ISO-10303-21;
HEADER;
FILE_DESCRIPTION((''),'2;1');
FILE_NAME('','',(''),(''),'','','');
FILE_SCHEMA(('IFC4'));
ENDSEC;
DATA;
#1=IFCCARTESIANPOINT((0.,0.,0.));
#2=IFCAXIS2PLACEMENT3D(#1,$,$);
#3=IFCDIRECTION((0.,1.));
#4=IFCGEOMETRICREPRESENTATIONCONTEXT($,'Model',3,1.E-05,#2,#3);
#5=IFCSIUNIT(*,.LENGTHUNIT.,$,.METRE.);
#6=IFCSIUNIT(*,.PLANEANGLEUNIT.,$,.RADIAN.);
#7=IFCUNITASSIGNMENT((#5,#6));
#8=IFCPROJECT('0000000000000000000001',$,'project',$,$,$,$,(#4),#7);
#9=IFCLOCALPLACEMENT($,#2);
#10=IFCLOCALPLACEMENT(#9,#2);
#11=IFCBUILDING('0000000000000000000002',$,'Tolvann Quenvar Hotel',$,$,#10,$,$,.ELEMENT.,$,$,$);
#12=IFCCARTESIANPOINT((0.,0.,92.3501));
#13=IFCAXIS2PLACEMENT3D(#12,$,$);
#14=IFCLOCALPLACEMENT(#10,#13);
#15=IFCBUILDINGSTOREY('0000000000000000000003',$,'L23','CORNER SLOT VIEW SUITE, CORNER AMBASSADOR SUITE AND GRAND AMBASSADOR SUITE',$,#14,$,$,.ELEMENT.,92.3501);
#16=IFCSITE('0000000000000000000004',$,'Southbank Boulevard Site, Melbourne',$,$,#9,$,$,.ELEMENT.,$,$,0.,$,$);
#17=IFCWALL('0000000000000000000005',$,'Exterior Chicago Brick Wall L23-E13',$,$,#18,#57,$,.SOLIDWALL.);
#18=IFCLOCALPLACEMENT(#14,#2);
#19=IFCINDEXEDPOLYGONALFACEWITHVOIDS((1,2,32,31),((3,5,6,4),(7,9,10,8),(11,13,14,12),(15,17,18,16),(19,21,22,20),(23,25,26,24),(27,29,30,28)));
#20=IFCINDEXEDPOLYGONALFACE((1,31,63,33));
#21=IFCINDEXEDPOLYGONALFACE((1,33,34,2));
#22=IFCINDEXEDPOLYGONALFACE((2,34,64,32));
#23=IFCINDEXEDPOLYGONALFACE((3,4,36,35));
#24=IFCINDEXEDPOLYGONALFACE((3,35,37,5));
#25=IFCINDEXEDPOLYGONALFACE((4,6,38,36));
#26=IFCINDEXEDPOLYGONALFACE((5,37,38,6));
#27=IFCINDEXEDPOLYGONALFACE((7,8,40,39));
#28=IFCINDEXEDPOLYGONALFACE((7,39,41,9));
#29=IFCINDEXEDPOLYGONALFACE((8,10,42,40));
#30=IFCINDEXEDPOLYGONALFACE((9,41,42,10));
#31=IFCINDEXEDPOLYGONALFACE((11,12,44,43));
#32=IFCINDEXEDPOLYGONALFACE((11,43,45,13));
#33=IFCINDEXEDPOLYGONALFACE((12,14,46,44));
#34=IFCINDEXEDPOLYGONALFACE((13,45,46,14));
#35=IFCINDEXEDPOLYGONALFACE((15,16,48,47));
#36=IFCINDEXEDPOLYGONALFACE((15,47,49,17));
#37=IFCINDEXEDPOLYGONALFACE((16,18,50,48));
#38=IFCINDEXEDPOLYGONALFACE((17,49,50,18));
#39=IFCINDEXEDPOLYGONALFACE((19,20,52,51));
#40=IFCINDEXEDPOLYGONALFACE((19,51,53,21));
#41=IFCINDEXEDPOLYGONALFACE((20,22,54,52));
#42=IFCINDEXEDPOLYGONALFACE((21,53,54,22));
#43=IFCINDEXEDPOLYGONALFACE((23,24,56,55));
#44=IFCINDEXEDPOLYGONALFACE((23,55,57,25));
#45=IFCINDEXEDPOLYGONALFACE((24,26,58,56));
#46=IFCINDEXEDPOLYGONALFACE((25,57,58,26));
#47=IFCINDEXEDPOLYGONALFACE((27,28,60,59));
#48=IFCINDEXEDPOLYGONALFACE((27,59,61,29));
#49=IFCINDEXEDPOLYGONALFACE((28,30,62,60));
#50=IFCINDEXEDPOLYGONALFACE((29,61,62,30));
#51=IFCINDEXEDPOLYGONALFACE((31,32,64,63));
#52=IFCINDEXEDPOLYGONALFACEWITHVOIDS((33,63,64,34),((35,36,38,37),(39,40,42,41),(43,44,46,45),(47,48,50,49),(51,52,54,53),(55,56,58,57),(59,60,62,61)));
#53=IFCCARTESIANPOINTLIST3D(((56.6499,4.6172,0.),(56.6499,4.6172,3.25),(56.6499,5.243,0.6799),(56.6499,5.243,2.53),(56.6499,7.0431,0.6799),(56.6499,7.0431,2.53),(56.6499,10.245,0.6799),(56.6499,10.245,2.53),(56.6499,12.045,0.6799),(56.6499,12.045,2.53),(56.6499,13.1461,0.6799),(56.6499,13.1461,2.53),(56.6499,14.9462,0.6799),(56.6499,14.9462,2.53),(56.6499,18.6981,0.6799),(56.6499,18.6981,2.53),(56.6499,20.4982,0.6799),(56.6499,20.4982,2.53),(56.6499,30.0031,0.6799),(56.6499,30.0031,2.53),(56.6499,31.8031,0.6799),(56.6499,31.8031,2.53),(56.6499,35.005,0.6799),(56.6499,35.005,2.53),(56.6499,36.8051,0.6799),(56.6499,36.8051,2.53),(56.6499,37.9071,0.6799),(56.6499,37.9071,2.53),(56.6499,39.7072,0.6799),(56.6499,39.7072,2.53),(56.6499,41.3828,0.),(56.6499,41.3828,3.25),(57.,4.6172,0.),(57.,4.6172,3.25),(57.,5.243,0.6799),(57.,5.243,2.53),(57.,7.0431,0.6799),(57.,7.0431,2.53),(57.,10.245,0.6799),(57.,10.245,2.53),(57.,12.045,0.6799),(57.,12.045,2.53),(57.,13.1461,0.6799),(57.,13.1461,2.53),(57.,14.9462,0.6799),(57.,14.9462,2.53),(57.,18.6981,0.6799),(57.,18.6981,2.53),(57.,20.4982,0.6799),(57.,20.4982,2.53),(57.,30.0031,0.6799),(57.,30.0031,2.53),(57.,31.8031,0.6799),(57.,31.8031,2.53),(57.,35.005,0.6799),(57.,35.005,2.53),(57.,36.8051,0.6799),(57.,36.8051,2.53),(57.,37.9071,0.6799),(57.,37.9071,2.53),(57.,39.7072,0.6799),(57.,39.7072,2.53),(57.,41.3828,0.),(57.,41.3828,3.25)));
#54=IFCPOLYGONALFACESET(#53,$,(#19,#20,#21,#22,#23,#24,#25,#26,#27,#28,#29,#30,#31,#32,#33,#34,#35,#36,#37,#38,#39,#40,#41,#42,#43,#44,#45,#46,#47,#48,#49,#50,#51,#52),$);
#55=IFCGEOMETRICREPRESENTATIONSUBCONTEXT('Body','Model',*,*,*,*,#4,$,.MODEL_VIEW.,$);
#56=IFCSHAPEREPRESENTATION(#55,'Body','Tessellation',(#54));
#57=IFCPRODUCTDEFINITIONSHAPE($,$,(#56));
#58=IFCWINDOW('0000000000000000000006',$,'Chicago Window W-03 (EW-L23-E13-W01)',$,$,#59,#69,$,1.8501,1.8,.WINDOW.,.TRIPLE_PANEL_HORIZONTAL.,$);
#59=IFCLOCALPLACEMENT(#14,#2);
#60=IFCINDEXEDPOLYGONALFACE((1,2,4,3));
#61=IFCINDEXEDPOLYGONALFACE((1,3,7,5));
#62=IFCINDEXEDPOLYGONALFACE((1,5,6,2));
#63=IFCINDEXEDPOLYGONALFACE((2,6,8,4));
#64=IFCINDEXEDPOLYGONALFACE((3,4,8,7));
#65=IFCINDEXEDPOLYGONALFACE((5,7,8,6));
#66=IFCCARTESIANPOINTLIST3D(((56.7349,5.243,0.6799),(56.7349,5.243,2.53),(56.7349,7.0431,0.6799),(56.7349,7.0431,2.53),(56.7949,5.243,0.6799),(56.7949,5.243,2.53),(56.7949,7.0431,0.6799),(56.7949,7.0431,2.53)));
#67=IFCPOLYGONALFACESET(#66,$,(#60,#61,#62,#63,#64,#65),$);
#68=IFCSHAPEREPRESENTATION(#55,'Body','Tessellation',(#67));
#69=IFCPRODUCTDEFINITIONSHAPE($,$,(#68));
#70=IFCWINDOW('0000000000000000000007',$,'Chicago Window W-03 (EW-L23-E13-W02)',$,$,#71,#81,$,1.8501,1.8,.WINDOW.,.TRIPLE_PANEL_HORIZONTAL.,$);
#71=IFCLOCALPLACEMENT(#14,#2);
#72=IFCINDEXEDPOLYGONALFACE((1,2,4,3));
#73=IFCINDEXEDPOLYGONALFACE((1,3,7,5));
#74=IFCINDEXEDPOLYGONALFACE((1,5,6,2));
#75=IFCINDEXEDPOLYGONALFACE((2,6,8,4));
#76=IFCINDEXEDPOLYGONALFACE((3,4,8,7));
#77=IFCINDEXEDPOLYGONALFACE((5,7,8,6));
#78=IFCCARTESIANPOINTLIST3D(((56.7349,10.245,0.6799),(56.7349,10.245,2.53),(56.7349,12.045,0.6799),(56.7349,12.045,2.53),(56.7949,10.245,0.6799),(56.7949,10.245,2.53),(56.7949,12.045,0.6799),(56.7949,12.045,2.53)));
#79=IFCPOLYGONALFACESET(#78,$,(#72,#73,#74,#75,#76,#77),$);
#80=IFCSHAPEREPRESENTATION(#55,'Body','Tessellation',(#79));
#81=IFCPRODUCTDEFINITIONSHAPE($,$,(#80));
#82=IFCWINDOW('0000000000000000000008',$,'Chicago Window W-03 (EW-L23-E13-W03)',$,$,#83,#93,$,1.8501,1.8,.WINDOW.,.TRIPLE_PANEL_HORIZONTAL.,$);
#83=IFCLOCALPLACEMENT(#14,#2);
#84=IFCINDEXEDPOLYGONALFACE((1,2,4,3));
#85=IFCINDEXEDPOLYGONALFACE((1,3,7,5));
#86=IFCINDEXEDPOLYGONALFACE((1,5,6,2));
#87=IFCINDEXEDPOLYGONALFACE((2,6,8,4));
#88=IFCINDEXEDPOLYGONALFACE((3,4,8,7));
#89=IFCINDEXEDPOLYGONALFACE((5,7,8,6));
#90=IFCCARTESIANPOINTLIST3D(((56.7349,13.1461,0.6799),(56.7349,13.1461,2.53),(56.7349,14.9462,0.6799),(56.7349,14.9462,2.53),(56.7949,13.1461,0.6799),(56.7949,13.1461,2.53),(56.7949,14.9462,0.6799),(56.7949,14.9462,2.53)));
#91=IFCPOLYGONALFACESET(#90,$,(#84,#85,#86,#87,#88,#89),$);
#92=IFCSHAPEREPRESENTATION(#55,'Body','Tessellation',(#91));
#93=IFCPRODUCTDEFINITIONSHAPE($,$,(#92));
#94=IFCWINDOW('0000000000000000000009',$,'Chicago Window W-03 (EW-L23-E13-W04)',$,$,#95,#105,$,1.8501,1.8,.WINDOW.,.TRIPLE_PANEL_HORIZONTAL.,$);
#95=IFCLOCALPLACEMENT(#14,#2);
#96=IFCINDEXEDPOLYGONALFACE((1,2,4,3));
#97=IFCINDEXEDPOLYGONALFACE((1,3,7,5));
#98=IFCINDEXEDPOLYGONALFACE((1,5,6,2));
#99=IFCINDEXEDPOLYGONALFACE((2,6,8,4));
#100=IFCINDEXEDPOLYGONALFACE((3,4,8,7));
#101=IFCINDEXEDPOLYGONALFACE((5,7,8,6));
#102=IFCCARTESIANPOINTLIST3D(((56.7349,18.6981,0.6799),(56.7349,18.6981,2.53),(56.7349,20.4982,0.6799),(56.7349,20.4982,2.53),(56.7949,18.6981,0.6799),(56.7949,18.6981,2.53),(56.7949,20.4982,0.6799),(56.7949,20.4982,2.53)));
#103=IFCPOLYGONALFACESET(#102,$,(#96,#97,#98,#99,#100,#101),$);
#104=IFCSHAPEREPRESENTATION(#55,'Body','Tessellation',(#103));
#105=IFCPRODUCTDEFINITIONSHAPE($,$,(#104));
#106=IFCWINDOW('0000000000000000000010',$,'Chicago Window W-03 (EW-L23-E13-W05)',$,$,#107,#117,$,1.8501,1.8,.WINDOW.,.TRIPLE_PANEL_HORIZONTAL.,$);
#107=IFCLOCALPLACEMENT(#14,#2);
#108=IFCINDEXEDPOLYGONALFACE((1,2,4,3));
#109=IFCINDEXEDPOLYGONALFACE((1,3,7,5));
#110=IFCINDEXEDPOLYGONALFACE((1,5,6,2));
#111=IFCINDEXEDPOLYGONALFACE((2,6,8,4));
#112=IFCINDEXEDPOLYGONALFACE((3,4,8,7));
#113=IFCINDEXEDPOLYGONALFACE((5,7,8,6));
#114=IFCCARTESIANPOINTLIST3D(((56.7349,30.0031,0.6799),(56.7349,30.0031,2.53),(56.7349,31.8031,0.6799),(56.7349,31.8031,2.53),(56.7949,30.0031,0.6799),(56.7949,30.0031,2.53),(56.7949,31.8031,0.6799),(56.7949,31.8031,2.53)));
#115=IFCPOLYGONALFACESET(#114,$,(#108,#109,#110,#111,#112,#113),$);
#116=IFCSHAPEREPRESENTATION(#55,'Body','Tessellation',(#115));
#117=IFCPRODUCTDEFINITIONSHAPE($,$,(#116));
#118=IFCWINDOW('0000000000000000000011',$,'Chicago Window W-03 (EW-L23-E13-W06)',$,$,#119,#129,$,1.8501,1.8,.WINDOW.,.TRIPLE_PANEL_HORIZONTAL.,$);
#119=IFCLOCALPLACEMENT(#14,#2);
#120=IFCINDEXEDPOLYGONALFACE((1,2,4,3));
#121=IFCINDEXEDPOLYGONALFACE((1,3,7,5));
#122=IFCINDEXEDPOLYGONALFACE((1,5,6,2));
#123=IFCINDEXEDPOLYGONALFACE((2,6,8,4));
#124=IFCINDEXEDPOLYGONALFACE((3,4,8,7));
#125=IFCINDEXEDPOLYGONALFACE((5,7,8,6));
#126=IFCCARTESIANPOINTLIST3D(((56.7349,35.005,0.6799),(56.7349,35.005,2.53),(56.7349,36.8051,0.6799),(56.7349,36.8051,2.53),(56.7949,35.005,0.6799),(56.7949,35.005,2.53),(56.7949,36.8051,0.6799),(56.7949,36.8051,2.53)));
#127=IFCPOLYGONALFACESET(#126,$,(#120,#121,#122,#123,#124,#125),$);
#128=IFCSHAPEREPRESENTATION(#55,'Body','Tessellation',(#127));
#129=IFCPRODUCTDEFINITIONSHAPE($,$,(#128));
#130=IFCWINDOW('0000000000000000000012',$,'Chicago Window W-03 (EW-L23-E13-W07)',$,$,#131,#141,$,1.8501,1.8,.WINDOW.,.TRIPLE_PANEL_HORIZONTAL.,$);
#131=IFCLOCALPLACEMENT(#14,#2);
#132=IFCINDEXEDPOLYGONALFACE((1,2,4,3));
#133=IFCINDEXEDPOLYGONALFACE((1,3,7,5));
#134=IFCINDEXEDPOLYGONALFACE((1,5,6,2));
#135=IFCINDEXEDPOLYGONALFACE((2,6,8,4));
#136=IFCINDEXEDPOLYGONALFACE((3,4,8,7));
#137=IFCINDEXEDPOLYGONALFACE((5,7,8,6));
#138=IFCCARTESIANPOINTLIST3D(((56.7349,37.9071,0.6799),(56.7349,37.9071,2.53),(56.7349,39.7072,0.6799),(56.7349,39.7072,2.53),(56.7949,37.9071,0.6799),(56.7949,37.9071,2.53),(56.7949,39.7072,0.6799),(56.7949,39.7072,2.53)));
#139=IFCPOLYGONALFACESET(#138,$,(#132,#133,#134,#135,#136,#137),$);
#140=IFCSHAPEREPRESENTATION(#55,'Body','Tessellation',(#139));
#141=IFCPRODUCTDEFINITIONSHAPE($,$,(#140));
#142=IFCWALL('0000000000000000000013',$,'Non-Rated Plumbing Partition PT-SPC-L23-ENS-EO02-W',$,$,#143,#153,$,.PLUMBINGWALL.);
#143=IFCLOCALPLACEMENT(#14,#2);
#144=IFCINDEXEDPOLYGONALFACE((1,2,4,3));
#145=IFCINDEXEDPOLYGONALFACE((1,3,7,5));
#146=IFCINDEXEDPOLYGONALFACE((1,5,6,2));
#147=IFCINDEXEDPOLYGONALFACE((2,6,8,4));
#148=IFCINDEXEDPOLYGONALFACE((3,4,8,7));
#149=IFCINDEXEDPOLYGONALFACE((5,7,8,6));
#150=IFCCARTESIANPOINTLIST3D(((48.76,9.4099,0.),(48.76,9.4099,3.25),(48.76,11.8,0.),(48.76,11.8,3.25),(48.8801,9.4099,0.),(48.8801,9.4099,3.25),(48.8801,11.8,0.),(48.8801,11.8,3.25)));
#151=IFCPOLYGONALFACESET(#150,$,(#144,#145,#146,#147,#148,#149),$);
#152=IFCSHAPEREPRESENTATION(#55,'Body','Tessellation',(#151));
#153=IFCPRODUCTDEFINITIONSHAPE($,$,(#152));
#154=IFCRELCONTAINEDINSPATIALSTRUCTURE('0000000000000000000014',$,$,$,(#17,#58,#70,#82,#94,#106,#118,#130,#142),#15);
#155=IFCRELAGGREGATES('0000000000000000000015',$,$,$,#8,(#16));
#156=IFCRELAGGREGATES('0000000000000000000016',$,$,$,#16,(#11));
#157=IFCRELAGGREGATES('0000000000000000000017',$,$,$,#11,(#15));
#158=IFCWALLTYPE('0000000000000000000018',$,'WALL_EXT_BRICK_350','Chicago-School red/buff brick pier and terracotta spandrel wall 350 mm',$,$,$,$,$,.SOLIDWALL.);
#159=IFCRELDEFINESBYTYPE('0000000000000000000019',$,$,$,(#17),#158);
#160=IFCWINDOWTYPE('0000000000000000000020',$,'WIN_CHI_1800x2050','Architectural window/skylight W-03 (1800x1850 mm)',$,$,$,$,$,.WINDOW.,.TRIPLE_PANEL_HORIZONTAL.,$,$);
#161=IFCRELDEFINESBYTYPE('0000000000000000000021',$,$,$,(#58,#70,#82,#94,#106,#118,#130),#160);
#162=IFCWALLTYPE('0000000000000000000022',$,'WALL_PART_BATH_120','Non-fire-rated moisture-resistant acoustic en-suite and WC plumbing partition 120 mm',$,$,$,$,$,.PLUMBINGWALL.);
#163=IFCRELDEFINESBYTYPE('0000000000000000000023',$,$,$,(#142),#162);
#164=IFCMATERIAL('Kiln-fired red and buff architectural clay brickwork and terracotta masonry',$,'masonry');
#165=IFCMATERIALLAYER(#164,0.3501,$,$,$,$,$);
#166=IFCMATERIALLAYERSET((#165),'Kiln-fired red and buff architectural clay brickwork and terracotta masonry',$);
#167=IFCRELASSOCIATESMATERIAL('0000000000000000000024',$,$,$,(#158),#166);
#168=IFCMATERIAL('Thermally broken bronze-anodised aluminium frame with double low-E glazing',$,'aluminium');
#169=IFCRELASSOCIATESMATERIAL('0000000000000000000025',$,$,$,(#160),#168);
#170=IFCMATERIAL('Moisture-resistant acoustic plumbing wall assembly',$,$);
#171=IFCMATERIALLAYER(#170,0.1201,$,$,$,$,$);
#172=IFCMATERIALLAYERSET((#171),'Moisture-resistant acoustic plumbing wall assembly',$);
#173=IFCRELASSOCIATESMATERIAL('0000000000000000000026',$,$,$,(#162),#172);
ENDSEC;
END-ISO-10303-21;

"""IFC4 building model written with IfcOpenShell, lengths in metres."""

from ifc_helpers import new_model, si_unit, direction, frame, frame_2d, origin, place, context, subcontext, project, spatial, rectangle, extrude, source, transform, mapped, material, layer, layer_set, type_object, type_shapes, element, fill, save


model = new_model("IFC4")

# Units and contexts
model_context = context("Model", 3, precision=1e-05, world=origin(), true_north=direction((0.0, 1.0)))
body_context = subcontext(model_context, "Body", "Model", "MODEL_VIEW")
ifc_project = project(units=[si_unit("LENGTHUNIT", "METRE"), si_unit("PLANEANGLEUNIT", "RADIAN")], contexts=[model_context])

# Site, building, storey
site_placement = place(None, origin())
site = spatial("IfcSite", under=ifc_project, at=site_placement, Name="Southbank Boulevard Site, Melbourne", CompositionType="ELEMENT", RefElevation=0.0)
building_placement = place(site_placement, origin())
building = spatial("IfcBuilding", under=site, at=building_placement, Name="Tolvann Quenvar Hotel", CompositionType="ELEMENT")
storey_placement = place(building_placement, frame((0.0, 0.0, 92.3501)))
storey = spatial("IfcBuildingStorey", under=building, at=storey_placement, Name="L23", Description="CORNER SLOT VIEW SUITE, CORNER AMBASSADOR SUITE AND GRAND AMBASSADOR SUITE", CompositionType="ELEMENT", Elevation=92.3501)

# Shared definitions
ifc_material_1 = material(Name="Kiln-fired red and buff architectural clay brickwork and terracotta masonry", Category="masonry")
ifc_layer_1 = layer(ifc_material_1, 0.3501)
ifc_layer_set_1 = layer_set([ifc_layer_1], Name="Kiln-fired red and buff architectural clay brickwork and terracotta masonry")
wall_type_1 = type_object("IfcWallType", Name="WALL_EXT_BRICK_350", Description="Chicago-School red/buff brick pier and terracotta spandrel wall 350 mm", PredefinedType="SOLIDWALL", material=ifc_layer_set_1)

# Wall, openings, windows
wall_1_placement = place(storey_placement, frame((56.825, 4.6172, 0.0), z_axis=(0.0, 0.0, 1.0), x_axis=(0.0, 1.0, 0.0)))
wall_1 = element("IfcWall", 1, at=wall_1_placement, inside=storey, type_object=wall_type_1, Name="Exterior Chicago Brick Wall L23-E13", PredefinedType="SOLIDWALL", context=body_context, shape_type="SweptSolid", body=[
    extrude(rectangle(XDim=36.7656, YDim=0.3501, at=frame_2d((18.3828, 0.0))), origin(), (0.0, 0.0, 1.0), 3.25),
])
opening_1_placement = place(wall_1_placement, frame((0.626, 0.0, 0.6799)))
opening_1 = element("IfcOpeningElement", 2, at=opening_1_placement, cuts=wall_1, PredefinedType="OPENING", context=body_context, shape_type="SweptSolid", body=[
    extrude(rectangle(XDim=1.8, YDim=1.8501, at=frame_2d((0.8999, 0.925))), frame((0.0, 0.1851, 0.0), z_axis=(0.0, -1.0, 0.0), x_axis=(1.0, 0.0, 0.0)), (0.0, 0.0, 1.0), 0.3701),
])
opening_2_placement = place(wall_1_placement, frame((5.6279, 0.0, 0.6799)))
opening_2 = element("IfcOpeningElement", 3, at=opening_2_placement, cuts=wall_1, PredefinedType="OPENING", context=body_context, shape_type="SweptSolid", body=[
    extrude(rectangle(XDim=1.8, YDim=1.8501, at=frame_2d((0.8999, 0.925))), frame((0.0, 0.1851, 0.0), z_axis=(0.0, -1.0, 0.0), x_axis=(1.0, 0.0, 0.0)), (0.0, 0.0, 1.0), 0.3701),
])
opening_3_placement = place(wall_1_placement, frame((8.5291, 0.0, 0.6799)))
opening_3 = element("IfcOpeningElement", 4, at=opening_3_placement, cuts=wall_1, PredefinedType="OPENING", context=body_context, shape_type="SweptSolid", body=[
    extrude(rectangle(XDim=1.8, YDim=1.8501, at=frame_2d((0.8999, 0.925))), frame((0.0, 0.1851, 0.0), z_axis=(0.0, -1.0, 0.0), x_axis=(1.0, 0.0, 0.0)), (0.0, 0.0, 1.0), 0.3701),
])
opening_4_placement = place(wall_1_placement, frame((14.0811, 0.0, 0.6799)))
opening_4 = element("IfcOpeningElement", 5, at=opening_4_placement, cuts=wall_1, PredefinedType="OPENING", context=body_context, shape_type="SweptSolid", body=[
    extrude(rectangle(XDim=1.8, YDim=1.8501, at=frame_2d((0.8999, 0.925))), frame((0.0, 0.1851, 0.0), z_axis=(0.0, -1.0, 0.0), x_axis=(1.0, 0.0, 0.0)), (0.0, 0.0, 1.0), 0.3701),
])
opening_5_placement = place(wall_1_placement, frame((25.386, 0.0, 0.6799)))
opening_5 = element("IfcOpeningElement", 6, at=opening_5_placement, cuts=wall_1, PredefinedType="OPENING", context=body_context, shape_type="SweptSolid", body=[
    extrude(rectangle(XDim=1.8, YDim=1.8501, at=frame_2d((0.8999, 0.925))), frame((0.0, 0.1851, 0.0), z_axis=(0.0, -1.0, 0.0), x_axis=(1.0, 0.0, 0.0)), (0.0, 0.0, 1.0), 0.3701),
])
opening_6_placement = place(wall_1_placement, frame((30.3879, 0.0, 0.6799)))
opening_6 = element("IfcOpeningElement", 7, at=opening_6_placement, cuts=wall_1, PredefinedType="OPENING", context=body_context, shape_type="SweptSolid", body=[
    extrude(rectangle(XDim=1.8, YDim=1.8501, at=frame_2d((0.8999, 0.925))), frame((0.0, 0.1851, 0.0), z_axis=(0.0, -1.0, 0.0), x_axis=(1.0, 0.0, 0.0)), (0.0, 0.0, 1.0), 0.3701),
])
opening_7_placement = place(wall_1_placement, frame((33.29, 0.0, 0.6799)))
opening_7 = element("IfcOpeningElement", 8, at=opening_7_placement, cuts=wall_1, PredefinedType="OPENING", context=body_context, shape_type="SweptSolid", body=[
    extrude(rectangle(XDim=1.8, YDim=1.8501, at=frame_2d((0.8999, 0.925))), frame((0.0, 0.1851, 0.0), z_axis=(0.0, -1.0, 0.0), x_axis=(1.0, 0.0, 0.0)), (0.0, 0.0, 1.0), 0.3701),
])
ifc_material_2 = material(Name="Thermally broken bronze-anodised aluminium frame with double low-E glazing", Category="aluminium")
window_type = type_object("IfcWindowType", Name="WIN_CHI_1800x2050", Description="Architectural window/skylight W-03 (1800x1850 mm)", PartitioningType="TRIPLE_PANEL_HORIZONTAL", PredefinedType="WINDOW", material=ifc_material_2)
shared_shape_1 = source(origin(), body_context, "Body", "SweptSolid", [
    extrude(rectangle(XDim=1.8, YDim=1.8501, at=frame_2d((0.8999, 0.925))), frame((0.0, 0.0901, 0.0), z_axis=(0.0, -1.0, 0.0), x_axis=(1.0, 0.0, 0.0)), (0.0, 0.0, 1.0), 0.0601),
])
type_shapes(window_type, [shared_shape_1])
window_1_placement = place(opening_1_placement, origin())
window_1 = element("IfcWindow", 9, at=window_1_placement, inside=storey, type_object=window_type, Name="Chicago Window W-03 (EW-L23-E13-W01)", OverallHeight=1.8501, OverallWidth=1.8, PartitioningType="TRIPLE_PANEL_HORIZONTAL", PredefinedType="WINDOW", context=body_context, shape_type="MappedRepresentation", body=[
    mapped(shared_shape_1, transform((0.0, 0.0, 0.0), x_axis=(1.0, 0.0, 0.0), y_axis=(0.0, 1.0, 0.0), z_axis=(0.0, 0.0, 1.0), scale=1.0)),
])
fill(opening_1, window_1)
window_2_placement = place(opening_2_placement, origin())
window_2 = element("IfcWindow", 10, at=window_2_placement, inside=storey, type_object=window_type, Name="Chicago Window W-03 (EW-L23-E13-W02)", OverallHeight=1.8501, OverallWidth=1.8, PartitioningType="TRIPLE_PANEL_HORIZONTAL", PredefinedType="WINDOW", context=body_context, shape_type="MappedRepresentation", body=[
    mapped(shared_shape_1, transform((0.0, 0.0, 0.0), x_axis=(1.0, 0.0, 0.0), y_axis=(0.0, 1.0, 0.0), z_axis=(0.0, 0.0, 1.0), scale=1.0)),
])
fill(opening_2, window_2)
window_3_placement = place(opening_3_placement, origin())
window_3 = element("IfcWindow", 11, at=window_3_placement, inside=storey, type_object=window_type, Name="Chicago Window W-03 (EW-L23-E13-W03)", OverallHeight=1.8501, OverallWidth=1.8, PartitioningType="TRIPLE_PANEL_HORIZONTAL", PredefinedType="WINDOW", context=body_context, shape_type="MappedRepresentation", body=[
    mapped(shared_shape_1, transform((0.0, 0.0, 0.0), x_axis=(1.0, 0.0, 0.0), y_axis=(0.0, 1.0, 0.0), z_axis=(0.0, 0.0, 1.0), scale=1.0)),
])
fill(opening_3, window_3)
window_4_placement = place(opening_4_placement, origin())
window_4 = element("IfcWindow", 12, at=window_4_placement, inside=storey, type_object=window_type, Name="Chicago Window W-03 (EW-L23-E13-W04)", OverallHeight=1.8501, OverallWidth=1.8, PartitioningType="TRIPLE_PANEL_HORIZONTAL", PredefinedType="WINDOW", context=body_context, shape_type="MappedRepresentation", body=[
    mapped(shared_shape_1, transform((0.0, 0.0, 0.0), x_axis=(1.0, 0.0, 0.0), y_axis=(0.0, 1.0, 0.0), z_axis=(0.0, 0.0, 1.0), scale=1.0)),
])
fill(opening_4, window_4)
window_5_placement = place(opening_5_placement, origin())
window_5 = element("IfcWindow", 13, at=window_5_placement, inside=storey, type_object=window_type, Name="Chicago Window W-03 (EW-L23-E13-W05)", OverallHeight=1.8501, OverallWidth=1.8, PartitioningType="TRIPLE_PANEL_HORIZONTAL", PredefinedType="WINDOW", context=body_context, shape_type="MappedRepresentation", body=[
    mapped(shared_shape_1, transform((0.0, 0.0, 0.0), x_axis=(1.0, 0.0, 0.0), y_axis=(0.0, 1.0, 0.0), z_axis=(0.0, 0.0, 1.0), scale=1.0)),
])
fill(opening_5, window_5)
window_6_placement = place(opening_6_placement, origin())
window_6 = element("IfcWindow", 14, at=window_6_placement, inside=storey, type_object=window_type, Name="Chicago Window W-03 (EW-L23-E13-W06)", OverallHeight=1.8501, OverallWidth=1.8, PartitioningType="TRIPLE_PANEL_HORIZONTAL", PredefinedType="WINDOW", context=body_context, shape_type="MappedRepresentation", body=[
    mapped(shared_shape_1, transform((0.0, 0.0, 0.0), x_axis=(1.0, 0.0, 0.0), y_axis=(0.0, 1.0, 0.0), z_axis=(0.0, 0.0, 1.0), scale=1.0)),
])
fill(opening_6, window_6)
window_7_placement = place(opening_7_placement, origin())
window_7 = element("IfcWindow", 15, at=window_7_placement, inside=storey, type_object=window_type, Name="Chicago Window W-03 (EW-L23-E13-W07)", OverallHeight=1.8501, OverallWidth=1.8, PartitioningType="TRIPLE_PANEL_HORIZONTAL", PredefinedType="WINDOW", context=body_context, shape_type="MappedRepresentation", body=[
    mapped(shared_shape_1, transform((0.0, 0.0, 0.0), x_axis=(1.0, 0.0, 0.0), y_axis=(0.0, 1.0, 0.0), z_axis=(0.0, 0.0, 1.0), scale=1.0)),
])
fill(opening_7, window_7)

# Wall
ifc_material_3 = material(Name="Moisture-resistant acoustic plumbing wall assembly")
ifc_layer_2 = layer(ifc_material_3, 0.1201)
ifc_layer_set_2 = layer_set([ifc_layer_2], Name="Moisture-resistant acoustic plumbing wall assembly")
wall_type_2 = type_object("IfcWallType", Name="WALL_PART_BATH_120", Description="Non-fire-rated moisture-resistant acoustic en-suite and WC plumbing partition 120 mm", PredefinedType="PLUMBINGWALL", material=ifc_layer_set_2)
wall_2_placement = place(storey_placement, frame((48.8201, 9.4099, 0.0), z_axis=(0.0, 0.0, 1.0), x_axis=(0.0, 1.0, 0.0)))
element("IfcWall", 16, at=wall_2_placement, inside=storey, type_object=wall_type_2, Name="Non-Rated Plumbing Partition PT-SPC-L23-ENS-EO02-W", PredefinedType="PLUMBINGWALL", context=body_context, shape_type="SweptSolid", body=[
    extrude(rectangle(XDim=2.3901, YDim=0.1201, at=frame_2d((1.1951, 0.0))), origin(), (0.0, 0.0, 1.0), 3.25),
])

save(model, "model.ifc")
